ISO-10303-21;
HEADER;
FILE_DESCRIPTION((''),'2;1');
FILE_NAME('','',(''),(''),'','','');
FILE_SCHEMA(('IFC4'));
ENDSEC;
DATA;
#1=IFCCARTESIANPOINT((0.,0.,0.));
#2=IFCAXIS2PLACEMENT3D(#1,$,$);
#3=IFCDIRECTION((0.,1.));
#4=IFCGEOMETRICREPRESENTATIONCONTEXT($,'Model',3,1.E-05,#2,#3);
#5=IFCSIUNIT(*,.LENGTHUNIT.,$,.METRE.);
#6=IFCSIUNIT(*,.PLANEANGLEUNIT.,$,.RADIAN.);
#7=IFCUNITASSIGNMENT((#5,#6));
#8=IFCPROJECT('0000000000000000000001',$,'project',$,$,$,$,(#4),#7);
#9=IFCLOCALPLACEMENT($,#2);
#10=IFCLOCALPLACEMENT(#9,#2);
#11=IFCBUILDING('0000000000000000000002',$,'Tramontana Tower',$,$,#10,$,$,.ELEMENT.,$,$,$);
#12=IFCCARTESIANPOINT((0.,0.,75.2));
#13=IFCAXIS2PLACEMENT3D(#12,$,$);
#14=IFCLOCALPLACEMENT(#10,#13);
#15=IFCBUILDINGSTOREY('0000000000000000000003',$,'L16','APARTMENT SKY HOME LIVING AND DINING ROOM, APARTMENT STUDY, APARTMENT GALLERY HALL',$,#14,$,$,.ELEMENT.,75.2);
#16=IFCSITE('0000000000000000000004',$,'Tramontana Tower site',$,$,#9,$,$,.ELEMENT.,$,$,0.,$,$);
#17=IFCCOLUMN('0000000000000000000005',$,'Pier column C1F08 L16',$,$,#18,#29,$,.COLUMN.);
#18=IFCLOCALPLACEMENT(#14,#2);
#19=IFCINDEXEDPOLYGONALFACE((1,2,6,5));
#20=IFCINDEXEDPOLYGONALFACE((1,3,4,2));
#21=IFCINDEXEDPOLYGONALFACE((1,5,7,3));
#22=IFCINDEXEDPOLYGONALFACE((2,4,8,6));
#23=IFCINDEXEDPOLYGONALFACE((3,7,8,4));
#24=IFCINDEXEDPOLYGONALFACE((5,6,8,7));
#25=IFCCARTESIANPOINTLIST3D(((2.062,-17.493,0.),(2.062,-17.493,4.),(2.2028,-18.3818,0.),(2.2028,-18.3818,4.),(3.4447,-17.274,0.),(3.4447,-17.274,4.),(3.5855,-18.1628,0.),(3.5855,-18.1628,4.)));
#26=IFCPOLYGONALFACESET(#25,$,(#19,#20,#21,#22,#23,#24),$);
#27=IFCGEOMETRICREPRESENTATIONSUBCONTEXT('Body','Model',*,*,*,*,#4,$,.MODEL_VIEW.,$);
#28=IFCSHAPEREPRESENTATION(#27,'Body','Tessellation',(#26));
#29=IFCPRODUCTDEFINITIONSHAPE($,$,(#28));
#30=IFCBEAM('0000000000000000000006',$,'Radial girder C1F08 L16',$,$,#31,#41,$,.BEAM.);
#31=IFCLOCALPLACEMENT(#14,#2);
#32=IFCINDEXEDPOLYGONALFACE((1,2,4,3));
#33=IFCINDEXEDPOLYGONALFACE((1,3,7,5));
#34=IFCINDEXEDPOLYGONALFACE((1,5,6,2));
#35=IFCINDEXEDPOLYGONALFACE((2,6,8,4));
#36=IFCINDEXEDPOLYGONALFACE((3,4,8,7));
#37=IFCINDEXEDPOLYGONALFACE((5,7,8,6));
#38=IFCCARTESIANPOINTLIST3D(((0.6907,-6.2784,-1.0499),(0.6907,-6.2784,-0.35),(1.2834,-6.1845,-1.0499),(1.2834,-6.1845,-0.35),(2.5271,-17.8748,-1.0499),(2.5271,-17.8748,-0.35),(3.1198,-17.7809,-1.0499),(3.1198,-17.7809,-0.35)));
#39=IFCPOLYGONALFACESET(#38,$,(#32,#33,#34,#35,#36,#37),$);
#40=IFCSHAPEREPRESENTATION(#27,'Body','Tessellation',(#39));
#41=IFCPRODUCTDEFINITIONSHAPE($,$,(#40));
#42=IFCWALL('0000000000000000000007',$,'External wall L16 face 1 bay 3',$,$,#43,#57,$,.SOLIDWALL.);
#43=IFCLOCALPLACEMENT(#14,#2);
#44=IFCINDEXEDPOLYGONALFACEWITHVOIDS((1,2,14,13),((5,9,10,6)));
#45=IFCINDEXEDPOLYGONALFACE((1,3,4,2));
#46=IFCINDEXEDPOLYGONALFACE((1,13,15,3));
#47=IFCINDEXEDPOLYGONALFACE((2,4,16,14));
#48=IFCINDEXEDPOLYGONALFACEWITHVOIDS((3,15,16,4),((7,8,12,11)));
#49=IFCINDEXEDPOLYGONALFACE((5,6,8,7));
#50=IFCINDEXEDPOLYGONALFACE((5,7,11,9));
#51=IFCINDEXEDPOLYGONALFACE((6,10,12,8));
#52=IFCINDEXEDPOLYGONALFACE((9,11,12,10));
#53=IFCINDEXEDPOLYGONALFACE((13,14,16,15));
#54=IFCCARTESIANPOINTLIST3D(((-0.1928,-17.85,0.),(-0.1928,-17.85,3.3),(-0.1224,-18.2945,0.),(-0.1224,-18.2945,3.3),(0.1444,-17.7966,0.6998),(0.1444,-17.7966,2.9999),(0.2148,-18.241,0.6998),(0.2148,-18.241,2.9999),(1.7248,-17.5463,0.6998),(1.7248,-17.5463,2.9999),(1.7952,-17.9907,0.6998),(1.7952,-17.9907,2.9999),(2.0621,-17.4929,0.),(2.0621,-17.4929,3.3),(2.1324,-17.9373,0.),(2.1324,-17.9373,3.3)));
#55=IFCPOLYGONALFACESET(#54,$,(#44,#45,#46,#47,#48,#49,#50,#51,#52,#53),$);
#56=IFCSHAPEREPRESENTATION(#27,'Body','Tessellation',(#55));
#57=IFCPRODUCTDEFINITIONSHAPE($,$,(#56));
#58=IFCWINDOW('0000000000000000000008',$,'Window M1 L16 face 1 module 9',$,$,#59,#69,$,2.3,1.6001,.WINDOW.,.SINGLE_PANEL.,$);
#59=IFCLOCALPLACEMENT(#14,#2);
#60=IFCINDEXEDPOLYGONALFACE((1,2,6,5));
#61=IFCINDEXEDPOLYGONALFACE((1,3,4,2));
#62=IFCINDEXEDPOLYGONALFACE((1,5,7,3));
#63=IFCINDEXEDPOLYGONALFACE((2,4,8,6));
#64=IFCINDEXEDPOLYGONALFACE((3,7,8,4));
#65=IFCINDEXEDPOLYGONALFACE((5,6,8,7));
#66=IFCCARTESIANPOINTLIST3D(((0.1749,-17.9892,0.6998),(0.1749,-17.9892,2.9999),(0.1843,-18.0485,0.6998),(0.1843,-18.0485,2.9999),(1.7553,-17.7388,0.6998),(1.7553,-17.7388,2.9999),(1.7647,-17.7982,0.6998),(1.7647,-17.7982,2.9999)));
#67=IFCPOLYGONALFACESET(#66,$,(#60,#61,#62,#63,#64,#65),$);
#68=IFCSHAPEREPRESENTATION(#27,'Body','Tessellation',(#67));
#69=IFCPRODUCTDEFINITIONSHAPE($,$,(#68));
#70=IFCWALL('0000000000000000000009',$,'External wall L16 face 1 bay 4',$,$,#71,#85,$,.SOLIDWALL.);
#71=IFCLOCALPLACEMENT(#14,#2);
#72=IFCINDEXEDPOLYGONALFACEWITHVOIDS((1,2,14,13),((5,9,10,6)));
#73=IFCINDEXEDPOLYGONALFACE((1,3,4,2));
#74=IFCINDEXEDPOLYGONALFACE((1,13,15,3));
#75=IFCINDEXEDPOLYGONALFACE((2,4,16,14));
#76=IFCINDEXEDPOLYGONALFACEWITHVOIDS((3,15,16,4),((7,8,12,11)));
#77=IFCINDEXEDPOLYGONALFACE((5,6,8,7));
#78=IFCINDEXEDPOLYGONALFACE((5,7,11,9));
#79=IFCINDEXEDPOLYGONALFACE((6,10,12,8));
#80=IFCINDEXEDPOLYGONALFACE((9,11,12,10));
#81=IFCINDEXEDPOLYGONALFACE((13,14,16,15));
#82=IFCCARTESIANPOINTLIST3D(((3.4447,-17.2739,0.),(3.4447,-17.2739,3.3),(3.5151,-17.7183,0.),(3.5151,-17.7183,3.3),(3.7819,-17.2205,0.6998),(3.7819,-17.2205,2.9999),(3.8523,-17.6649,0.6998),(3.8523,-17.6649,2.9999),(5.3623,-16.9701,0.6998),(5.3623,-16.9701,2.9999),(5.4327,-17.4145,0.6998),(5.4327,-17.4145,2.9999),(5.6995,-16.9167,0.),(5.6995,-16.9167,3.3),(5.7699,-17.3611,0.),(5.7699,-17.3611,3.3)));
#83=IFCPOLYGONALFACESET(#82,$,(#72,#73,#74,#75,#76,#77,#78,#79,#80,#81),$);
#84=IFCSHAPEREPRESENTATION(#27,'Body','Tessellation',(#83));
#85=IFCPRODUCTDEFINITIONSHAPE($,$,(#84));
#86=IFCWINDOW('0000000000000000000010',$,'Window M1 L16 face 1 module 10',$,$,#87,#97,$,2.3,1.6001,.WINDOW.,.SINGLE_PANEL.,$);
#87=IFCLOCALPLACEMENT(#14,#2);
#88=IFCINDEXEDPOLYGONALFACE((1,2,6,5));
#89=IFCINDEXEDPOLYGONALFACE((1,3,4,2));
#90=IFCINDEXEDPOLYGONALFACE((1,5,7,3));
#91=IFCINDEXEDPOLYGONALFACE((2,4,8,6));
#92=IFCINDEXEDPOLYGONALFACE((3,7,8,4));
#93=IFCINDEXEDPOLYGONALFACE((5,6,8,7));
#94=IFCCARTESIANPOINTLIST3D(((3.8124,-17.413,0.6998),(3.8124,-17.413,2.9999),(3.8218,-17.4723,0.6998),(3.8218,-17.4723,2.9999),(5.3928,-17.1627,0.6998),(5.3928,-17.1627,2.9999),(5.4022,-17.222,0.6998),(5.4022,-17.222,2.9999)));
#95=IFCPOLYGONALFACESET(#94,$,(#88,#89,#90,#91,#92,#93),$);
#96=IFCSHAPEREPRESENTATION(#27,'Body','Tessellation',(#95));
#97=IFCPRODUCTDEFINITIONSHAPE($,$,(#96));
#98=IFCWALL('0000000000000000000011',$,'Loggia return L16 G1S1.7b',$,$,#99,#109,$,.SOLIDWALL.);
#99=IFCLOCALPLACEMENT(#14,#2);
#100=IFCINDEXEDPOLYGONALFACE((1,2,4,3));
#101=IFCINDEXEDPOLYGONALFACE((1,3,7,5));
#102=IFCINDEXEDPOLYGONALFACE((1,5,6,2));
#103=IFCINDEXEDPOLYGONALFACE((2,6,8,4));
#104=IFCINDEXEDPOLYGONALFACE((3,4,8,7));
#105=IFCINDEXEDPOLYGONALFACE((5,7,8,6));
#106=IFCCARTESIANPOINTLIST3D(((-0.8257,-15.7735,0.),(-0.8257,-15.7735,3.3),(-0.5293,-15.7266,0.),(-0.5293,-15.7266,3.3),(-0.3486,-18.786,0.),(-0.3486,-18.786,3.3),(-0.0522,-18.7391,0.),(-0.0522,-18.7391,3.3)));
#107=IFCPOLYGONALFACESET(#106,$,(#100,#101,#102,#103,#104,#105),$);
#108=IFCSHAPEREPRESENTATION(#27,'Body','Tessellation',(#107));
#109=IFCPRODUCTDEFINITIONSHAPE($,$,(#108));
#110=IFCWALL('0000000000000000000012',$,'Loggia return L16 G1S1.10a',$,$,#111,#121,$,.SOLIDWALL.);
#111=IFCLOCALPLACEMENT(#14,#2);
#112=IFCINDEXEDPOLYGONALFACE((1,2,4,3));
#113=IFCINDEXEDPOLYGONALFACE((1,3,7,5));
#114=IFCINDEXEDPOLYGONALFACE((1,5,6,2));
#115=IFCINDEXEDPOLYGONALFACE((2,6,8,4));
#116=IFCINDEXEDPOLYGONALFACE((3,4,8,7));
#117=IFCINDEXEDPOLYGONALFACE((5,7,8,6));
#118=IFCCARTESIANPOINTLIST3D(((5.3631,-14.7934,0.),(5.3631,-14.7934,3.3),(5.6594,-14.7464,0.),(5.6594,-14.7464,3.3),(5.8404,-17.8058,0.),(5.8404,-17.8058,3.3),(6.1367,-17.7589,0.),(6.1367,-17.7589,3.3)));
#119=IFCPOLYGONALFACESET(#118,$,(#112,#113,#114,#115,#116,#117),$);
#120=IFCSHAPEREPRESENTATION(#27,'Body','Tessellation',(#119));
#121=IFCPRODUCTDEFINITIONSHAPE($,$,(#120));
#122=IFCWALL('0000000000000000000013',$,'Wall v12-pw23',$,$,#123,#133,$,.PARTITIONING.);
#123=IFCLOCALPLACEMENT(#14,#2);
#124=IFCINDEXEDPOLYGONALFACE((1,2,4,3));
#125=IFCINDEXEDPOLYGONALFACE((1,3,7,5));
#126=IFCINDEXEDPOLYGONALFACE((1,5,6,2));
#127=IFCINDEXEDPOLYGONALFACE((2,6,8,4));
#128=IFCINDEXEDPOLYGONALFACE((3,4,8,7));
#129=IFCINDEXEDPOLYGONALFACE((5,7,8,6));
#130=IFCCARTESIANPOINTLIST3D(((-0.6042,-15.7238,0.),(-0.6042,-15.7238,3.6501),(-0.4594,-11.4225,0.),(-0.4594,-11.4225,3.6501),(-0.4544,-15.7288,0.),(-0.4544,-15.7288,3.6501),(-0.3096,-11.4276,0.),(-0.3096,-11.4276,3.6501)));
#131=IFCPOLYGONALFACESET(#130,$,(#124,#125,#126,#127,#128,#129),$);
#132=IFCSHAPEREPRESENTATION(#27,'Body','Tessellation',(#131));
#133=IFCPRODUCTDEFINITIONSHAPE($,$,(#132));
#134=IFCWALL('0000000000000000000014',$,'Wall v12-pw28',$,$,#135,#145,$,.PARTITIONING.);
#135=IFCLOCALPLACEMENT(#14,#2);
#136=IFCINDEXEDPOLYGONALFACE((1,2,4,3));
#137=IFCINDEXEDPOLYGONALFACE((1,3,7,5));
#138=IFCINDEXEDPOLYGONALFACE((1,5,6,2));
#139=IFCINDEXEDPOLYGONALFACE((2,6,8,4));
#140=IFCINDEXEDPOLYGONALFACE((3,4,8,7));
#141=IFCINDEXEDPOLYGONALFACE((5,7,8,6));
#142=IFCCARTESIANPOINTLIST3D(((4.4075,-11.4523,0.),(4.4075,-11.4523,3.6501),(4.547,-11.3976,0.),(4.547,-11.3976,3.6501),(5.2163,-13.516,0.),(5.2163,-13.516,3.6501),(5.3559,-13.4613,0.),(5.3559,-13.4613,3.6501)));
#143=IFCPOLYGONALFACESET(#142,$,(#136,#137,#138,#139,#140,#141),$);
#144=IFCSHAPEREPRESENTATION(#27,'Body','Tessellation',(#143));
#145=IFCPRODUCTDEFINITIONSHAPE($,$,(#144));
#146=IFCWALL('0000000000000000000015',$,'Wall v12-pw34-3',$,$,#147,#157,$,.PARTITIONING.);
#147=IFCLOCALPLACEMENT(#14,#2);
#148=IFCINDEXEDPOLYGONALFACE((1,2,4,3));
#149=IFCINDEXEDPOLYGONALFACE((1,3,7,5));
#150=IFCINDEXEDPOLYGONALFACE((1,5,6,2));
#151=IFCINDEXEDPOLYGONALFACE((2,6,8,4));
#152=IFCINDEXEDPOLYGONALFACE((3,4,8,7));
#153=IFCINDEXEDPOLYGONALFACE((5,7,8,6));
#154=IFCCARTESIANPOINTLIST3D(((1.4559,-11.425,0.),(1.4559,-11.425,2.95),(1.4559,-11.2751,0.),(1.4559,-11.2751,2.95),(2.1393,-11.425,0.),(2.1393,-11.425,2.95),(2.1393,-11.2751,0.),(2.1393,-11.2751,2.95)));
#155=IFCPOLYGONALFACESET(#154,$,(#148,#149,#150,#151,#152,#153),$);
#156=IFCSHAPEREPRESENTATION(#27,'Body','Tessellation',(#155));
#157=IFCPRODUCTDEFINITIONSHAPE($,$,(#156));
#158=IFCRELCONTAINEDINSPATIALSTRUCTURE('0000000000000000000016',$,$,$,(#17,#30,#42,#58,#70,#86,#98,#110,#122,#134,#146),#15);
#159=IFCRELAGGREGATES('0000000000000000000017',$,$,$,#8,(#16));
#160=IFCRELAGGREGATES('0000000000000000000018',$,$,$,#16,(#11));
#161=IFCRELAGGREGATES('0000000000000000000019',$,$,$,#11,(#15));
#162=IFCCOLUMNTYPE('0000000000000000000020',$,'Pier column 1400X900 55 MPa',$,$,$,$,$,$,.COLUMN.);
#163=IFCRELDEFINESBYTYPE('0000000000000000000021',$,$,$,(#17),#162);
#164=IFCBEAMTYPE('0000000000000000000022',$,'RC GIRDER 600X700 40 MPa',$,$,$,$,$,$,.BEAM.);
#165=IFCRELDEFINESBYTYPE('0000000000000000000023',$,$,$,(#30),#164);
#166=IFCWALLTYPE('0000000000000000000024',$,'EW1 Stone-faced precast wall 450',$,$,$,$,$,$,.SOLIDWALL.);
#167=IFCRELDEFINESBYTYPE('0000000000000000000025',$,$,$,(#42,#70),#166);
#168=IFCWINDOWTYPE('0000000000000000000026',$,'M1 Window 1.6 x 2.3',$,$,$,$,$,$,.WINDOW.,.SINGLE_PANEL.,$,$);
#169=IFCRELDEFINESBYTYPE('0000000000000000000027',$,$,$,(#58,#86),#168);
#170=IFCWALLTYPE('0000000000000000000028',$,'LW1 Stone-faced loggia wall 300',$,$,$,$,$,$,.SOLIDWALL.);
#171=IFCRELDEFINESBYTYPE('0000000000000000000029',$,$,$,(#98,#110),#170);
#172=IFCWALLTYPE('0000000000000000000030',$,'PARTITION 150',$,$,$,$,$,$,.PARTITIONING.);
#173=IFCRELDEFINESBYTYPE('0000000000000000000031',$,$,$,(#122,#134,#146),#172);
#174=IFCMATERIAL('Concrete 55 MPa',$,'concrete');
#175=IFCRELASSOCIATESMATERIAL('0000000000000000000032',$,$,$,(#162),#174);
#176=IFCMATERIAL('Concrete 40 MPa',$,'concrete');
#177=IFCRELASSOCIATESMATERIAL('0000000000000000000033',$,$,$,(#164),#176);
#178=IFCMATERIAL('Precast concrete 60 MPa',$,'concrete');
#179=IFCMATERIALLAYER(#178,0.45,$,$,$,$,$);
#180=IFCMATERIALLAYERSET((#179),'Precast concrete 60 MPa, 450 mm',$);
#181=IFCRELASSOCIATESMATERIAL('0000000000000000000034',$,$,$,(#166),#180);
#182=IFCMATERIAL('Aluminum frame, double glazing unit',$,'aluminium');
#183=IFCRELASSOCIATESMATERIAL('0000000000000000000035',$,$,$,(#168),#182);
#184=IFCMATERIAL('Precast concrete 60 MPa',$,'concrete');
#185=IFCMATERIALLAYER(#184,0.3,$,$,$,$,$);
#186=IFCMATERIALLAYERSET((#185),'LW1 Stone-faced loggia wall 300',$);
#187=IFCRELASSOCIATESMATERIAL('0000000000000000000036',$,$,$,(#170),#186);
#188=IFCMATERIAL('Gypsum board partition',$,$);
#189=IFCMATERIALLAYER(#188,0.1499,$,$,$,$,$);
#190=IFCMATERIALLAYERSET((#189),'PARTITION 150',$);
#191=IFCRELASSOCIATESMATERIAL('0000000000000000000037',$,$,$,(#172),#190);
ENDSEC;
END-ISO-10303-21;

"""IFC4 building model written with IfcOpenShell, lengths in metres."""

from ifc_helpers import new_model, si_unit, direction, frame, frame_2d, origin, origin_2d, place, context, subcontext, project, spatial, rectangle, extrude, material, layer, layer_set, material_profile, profile_set, type_object, element, fill, save


model = new_model("IFC4")

# Units and contexts
model_context = context("Model", 3, precision=1e-05, world=origin(), true_north=direction((0.0, 1.0)))
body_context = subcontext(model_context, "Body", "Model", "MODEL_VIEW")
ifc_project = project(units=[si_unit("LENGTHUNIT", "METRE"), si_unit("PLANEANGLEUNIT", "RADIAN")], contexts=[model_context])

# Site, building, storey
site_placement = place(None, origin())
site = spatial("IfcSite", under=ifc_project, at=site_placement, Name="Tramontana Tower site", CompositionType="ELEMENT", RefElevation=0.0)
building_placement = place(site_placement, origin())
building = spatial("IfcBuilding", under=site, at=building_placement, Name="Tramontana Tower", CompositionType="ELEMENT")
storey_placement = place(building_placement, frame((0.0, 0.0, 75.2)))
storey = spatial("IfcBuildingStorey", under=building, at=storey_placement, Name="L16", Description="APARTMENT SKY HOME LIVING AND DINING ROOM, APARTMENT STUDY, APARTMENT GALLERY HALL", CompositionType="ELEMENT", Elevation=75.2)

# Column
ifc_material_1 = material(Name="Concrete 55 MPa", Category="concrete")
ifc_material_profile_1 = material_profile(ifc_material_1, rectangle(XDim=1.3999, YDim=0.8999, at=origin_2d()), Name="Pier column 1400X900 55 MPa")
ifc_profile_set_1 = profile_set([ifc_material_profile_1], Name="Concrete 55 MPa")
column_type = type_object("IfcColumnType", Name="Pier column 1400X900 55 MPa", PredefinedType="COLUMN", material=ifc_profile_set_1)
column_placement = place(storey_placement, frame((2.8237, -17.8279, 0.0), z_axis=(0.0, 0.0, 1.0), x_axis=(0.987688, 0.156434, 0.0)))
element("IfcColumn", 1, at=column_placement, inside=storey, type_object=column_type, Name="Pier column C1F08 L16", PredefinedType="COLUMN", context=body_context, shape_type="SweptSolid", body=[
    extrude(rectangle(XDim=1.3999, YDim=0.8999, at=origin_2d()), origin(), (0.0, 0.0, 1.0), 4.0),
])

# Beam
ifc_material_2 = material(Name="Concrete 40 MPa", Category="concrete")
ifc_material_profile_2 = material_profile(ifc_material_2, rectangle(XDim=0.6001, YDim=0.7, at=origin_2d()), Name="RC GIRDER 600X700 40 MPa")
ifc_profile_set_2 = profile_set([ifc_material_profile_2], Name="Concrete 40 MPa")
beam_type = type_object("IfcBeamType", Name="RC GIRDER 600X700 40 MPa", PredefinedType="BEAM", material=ifc_profile_set_2)
beam_placement = place(storey_placement, frame((2.8235, -17.8279, -0.7), z_axis=(-0.156412, 0.987692, 0.0), x_axis=(-0.987692, -0.156412, 0.0)))
element("IfcBeam", 2, at=beam_placement, inside=storey, type_object=beam_type, Name="Radial girder C1F08 L16", PredefinedType="BEAM", context=body_context, shape_type="SweptSolid", body=[
    extrude(rectangle(XDim=0.6001, YDim=0.7, at=origin_2d()), origin(), (0.0, 0.0, 1.0), 11.741),
])

# Walls, openings, windows
ifc_material_3 = material(Name="Precast concrete 60 MPa", Category="concrete")
ifc_layer_1 = layer(ifc_material_3, 0.45)
ifc_layer_set_1 = layer_set([ifc_layer_1], Name="Precast concrete 60 MPa, 450 mm")
wall_type_1 = type_object("IfcWallType", Name="EW1 Stone-faced precast wall 450", PredefinedType="SOLIDWALL", material=ifc_layer_set_1)
wall_1_placement = place(storey_placement, frame((-0.1577, -18.0723, 0.0), z_axis=(0.0, 0.0, 1.0), x_axis=(0.987686, 0.156451, 0.0)))
wall_1 = element("IfcWall", 3, at=wall_1_placement, inside=storey, type_object=wall_type_1, Name="External wall L16 face 1 bay 3", PredefinedType="SOLIDWALL", context=body_context, shape_type="SweptSolid", body=[
    extrude(rectangle(XDim=2.283, YDim=0.45, at=frame_2d((1.1416, 0.0))), origin(), (0.0, 0.0, 1.0), 3.3),
])
opening_1_placement = place(wall_1_placement, frame((0.3416, 0.0, 0.7)))
opening_1 = element("IfcOpeningElement", 4, at=opening_1_placement, cuts=wall_1, PredefinedType="OPENING", context=body_context, shape_type="SweptSolid", body=[
    extrude(rectangle(XDim=1.6001, YDim=2.3, at=frame_2d((0.8, 1.1499))), frame((0.0, 0.2349, 0.0), z_axis=(0.0, -1.0, 0.0), x_axis=(1.0, 0.0, 0.0)), (0.0, 0.0, 1.0), 0.47),
])
ifc_material_4 = material(Name="Aluminum frame, double glazing unit", Category="aluminium")
window_type = type_object("IfcWindowType", Name="M1 Window 1.6 x 2.3", PartitioningType="SINGLE_PANEL", PredefinedType="WINDOW", material=ifc_material_4)
window_1_placement = place(opening_1_placement, origin())
window_1 = element("IfcWindow", 5, at=window_1_placement, inside=storey, type_object=window_type, Name="Window M1 L16 face 1 module 9", OverallHeight=2.3, OverallWidth=1.6001, PartitioningType="SINGLE_PANEL", PredefinedType="WINDOW", context=body_context, shape_type="SweptSolid", body=[
    extrude(rectangle(XDim=1.6001, YDim=2.3, at=frame_2d((0.8, 1.1499))), frame((0.0, 0.03, 0.0), z_axis=(0.0, -1.0, 0.0), x_axis=(1.0, 0.0, 0.0)), (0.0, 0.0, 1.0), 0.0601),
])
fill(opening_1, window_1)
wall_2_placement = place(storey_placement, frame((3.4797, -17.4961, 0.0), z_axis=(0.0, 0.0, 1.0), x_axis=(0.987686, 0.156451, 0.0)))
wall_2 = element("IfcWall", 6, at=wall_2_placement, inside=storey, type_object=wall_type_1, Name="External wall L16 face 1 bay 4", PredefinedType="SOLIDWALL", context=body_context, shape_type="SweptSolid", body=[
    extrude(rectangle(XDim=2.283, YDim=0.45, at=frame_2d((1.1416, 0.0))), origin(), (0.0, 0.0, 1.0), 3.3),
])
opening_2_placement = place(wall_2_placement, frame((0.3416, 0.0, 0.7)))
opening_2 = element("IfcOpeningElement", 7, at=opening_2_placement, cuts=wall_2, PredefinedType="OPENING", context=body_context, shape_type="SweptSolid", body=[
    extrude(rectangle(XDim=1.6001, YDim=2.3, at=frame_2d((0.8, 1.1499))), frame((0.0, 0.2349, 0.0), z_axis=(0.0, -1.0, 0.0), x_axis=(1.0, 0.0, 0.0)), (0.0, 0.0, 1.0), 0.47),
])
window_2_placement = place(opening_2_placement, origin())
window_2 = element("IfcWindow", 8, at=window_2_placement, inside=storey, type_object=window_type, Name="Window M1 L16 face 1 module 10", OverallHeight=2.3, OverallWidth=1.6001, PartitioningType="SINGLE_PANEL", PredefinedType="WINDOW", context=body_context, shape_type="SweptSolid", body=[
    extrude(rectangle(XDim=1.6001, YDim=2.3, at=frame_2d((0.8, 1.1499))), frame((0.0, 0.03, 0.0), z_axis=(0.0, -1.0, 0.0), x_axis=(1.0, 0.0, 0.0)), (0.0, 0.0, 1.0), 0.0601),
])
fill(opening_2, window_2)

# Wall
ifc_material_5 = material(Name="Precast concrete 60 MPa", Category="concrete")
ifc_layer_2 = layer(ifc_material_5, 0.3)
ifc_layer_set_2 = layer_set([ifc_layer_2], Name="LW1 Stone-faced loggia wall 300")
wall_type_2 = type_object("IfcWallType", Name="LW1 Stone-faced loggia wall 300", PredefinedType="SOLIDWALL", material=ifc_layer_set_2)
wall_3_placement = place(storey_placement, frame((-0.2004, -18.7625, 0.0), z_axis=(0.0, 0.0, 1.0), x_axis=(-0.156411, 0.987692, 0.0)))
element("IfcWall", 9, at=wall_3_placement, inside=storey, type_object=wall_type_2, Name="Loggia return L16 G1S1.7b", PredefinedType="SOLIDWALL", context=body_context, shape_type="SweptSolid", body=[
    extrude(rectangle(XDim=3.05, YDim=0.3, at=frame_2d((1.5249, 0.0))), origin(), (0.0, 0.0, 1.0), 3.3),
])

# Walls
wall_4_placement = place(storey_placement, frame((5.9885, -17.7822, 0.0), z_axis=(0.0, 0.0, 1.0), x_axis=(-0.156489, 0.98768, 0.0)))
element("IfcWall", 10, at=wall_4_placement, inside=storey, type_object=wall_type_2, Name="Loggia return L16 G1S1.10a", PredefinedType="SOLIDWALL", context=body_context, shape_type="SweptSolid", body=[
    extrude(rectangle(XDim=3.05, YDim=0.3, at=frame_2d((1.5249, 0.0))), origin(), (0.0, 0.0, 1.0), 3.3),
])
ifc_material_6 = material(Name="Gypsum board partition")
ifc_layer_3 = layer(ifc_material_6, 0.1499)
ifc_layer_set_3 = layer_set([ifc_layer_3], Name="PARTITION 150")
wall_type_3 = type_object("IfcWallType", Name="PARTITION 150", PredefinedType="PARTITIONING", material=ifc_layer_set_3)
wall_5_placement = place(storey_placement, frame((-0.3845, -11.425, 0.0), z_axis=(0.0, 0.0, 1.0), x_axis=(-0.03364, -0.999434, 0.0)))
element("IfcWall", 11, at=wall_5_placement, inside=storey, type_object=wall_type_3, Name="Wall v12-pw23", PredefinedType="PARTITIONING", context=body_context, shape_type="SweptSolid", body=[
    extrude(rectangle(XDim=4.3037, YDim=0.1499, at=frame_2d((2.1519, 0.0))), origin(), (0.0, 0.0, 1.0), 3.6501),
])
wall_6_placement = place(storey_placement, frame((5.2861, -13.4888, 0.0), z_axis=(0.0, 0.0, 1.0), x_axis=(-0.364906, 0.931044, 0.0)))
element("IfcWall", 12, at=wall_6_placement, inside=storey, type_object=wall_type_3, Name="Wall v12-pw28", PredefinedType="PARTITIONING", context=body_context, shape_type="SweptSolid", body=[
    extrude(rectangle(XDim=2.2166, YDim=0.1499, at=frame_2d((1.1084, 0.0))), origin(), (0.0, 0.0, 1.0), 3.6501),
])

# Wall
wall_7_placement = place(storey_placement, frame((2.1394, -11.3501, 0.0), z_axis=(0.0, 0.0, 1.0), x_axis=(-1.0, 0.0, 0.0)))
element("IfcWall", 13, at=wall_7_placement, inside=storey, type_object=wall_type_3, Name="Wall v12-pw34-3", PredefinedType="PARTITIONING", context=body_context, shape_type="SweptSolid", body=[
    extrude(rectangle(XDim=0.6833, YDim=0.1499, at=frame_2d((0.3418, 0.0))), origin(), (0.0, 0.0, 1.0), 2.95),
])

save(model, "model.ifc")
